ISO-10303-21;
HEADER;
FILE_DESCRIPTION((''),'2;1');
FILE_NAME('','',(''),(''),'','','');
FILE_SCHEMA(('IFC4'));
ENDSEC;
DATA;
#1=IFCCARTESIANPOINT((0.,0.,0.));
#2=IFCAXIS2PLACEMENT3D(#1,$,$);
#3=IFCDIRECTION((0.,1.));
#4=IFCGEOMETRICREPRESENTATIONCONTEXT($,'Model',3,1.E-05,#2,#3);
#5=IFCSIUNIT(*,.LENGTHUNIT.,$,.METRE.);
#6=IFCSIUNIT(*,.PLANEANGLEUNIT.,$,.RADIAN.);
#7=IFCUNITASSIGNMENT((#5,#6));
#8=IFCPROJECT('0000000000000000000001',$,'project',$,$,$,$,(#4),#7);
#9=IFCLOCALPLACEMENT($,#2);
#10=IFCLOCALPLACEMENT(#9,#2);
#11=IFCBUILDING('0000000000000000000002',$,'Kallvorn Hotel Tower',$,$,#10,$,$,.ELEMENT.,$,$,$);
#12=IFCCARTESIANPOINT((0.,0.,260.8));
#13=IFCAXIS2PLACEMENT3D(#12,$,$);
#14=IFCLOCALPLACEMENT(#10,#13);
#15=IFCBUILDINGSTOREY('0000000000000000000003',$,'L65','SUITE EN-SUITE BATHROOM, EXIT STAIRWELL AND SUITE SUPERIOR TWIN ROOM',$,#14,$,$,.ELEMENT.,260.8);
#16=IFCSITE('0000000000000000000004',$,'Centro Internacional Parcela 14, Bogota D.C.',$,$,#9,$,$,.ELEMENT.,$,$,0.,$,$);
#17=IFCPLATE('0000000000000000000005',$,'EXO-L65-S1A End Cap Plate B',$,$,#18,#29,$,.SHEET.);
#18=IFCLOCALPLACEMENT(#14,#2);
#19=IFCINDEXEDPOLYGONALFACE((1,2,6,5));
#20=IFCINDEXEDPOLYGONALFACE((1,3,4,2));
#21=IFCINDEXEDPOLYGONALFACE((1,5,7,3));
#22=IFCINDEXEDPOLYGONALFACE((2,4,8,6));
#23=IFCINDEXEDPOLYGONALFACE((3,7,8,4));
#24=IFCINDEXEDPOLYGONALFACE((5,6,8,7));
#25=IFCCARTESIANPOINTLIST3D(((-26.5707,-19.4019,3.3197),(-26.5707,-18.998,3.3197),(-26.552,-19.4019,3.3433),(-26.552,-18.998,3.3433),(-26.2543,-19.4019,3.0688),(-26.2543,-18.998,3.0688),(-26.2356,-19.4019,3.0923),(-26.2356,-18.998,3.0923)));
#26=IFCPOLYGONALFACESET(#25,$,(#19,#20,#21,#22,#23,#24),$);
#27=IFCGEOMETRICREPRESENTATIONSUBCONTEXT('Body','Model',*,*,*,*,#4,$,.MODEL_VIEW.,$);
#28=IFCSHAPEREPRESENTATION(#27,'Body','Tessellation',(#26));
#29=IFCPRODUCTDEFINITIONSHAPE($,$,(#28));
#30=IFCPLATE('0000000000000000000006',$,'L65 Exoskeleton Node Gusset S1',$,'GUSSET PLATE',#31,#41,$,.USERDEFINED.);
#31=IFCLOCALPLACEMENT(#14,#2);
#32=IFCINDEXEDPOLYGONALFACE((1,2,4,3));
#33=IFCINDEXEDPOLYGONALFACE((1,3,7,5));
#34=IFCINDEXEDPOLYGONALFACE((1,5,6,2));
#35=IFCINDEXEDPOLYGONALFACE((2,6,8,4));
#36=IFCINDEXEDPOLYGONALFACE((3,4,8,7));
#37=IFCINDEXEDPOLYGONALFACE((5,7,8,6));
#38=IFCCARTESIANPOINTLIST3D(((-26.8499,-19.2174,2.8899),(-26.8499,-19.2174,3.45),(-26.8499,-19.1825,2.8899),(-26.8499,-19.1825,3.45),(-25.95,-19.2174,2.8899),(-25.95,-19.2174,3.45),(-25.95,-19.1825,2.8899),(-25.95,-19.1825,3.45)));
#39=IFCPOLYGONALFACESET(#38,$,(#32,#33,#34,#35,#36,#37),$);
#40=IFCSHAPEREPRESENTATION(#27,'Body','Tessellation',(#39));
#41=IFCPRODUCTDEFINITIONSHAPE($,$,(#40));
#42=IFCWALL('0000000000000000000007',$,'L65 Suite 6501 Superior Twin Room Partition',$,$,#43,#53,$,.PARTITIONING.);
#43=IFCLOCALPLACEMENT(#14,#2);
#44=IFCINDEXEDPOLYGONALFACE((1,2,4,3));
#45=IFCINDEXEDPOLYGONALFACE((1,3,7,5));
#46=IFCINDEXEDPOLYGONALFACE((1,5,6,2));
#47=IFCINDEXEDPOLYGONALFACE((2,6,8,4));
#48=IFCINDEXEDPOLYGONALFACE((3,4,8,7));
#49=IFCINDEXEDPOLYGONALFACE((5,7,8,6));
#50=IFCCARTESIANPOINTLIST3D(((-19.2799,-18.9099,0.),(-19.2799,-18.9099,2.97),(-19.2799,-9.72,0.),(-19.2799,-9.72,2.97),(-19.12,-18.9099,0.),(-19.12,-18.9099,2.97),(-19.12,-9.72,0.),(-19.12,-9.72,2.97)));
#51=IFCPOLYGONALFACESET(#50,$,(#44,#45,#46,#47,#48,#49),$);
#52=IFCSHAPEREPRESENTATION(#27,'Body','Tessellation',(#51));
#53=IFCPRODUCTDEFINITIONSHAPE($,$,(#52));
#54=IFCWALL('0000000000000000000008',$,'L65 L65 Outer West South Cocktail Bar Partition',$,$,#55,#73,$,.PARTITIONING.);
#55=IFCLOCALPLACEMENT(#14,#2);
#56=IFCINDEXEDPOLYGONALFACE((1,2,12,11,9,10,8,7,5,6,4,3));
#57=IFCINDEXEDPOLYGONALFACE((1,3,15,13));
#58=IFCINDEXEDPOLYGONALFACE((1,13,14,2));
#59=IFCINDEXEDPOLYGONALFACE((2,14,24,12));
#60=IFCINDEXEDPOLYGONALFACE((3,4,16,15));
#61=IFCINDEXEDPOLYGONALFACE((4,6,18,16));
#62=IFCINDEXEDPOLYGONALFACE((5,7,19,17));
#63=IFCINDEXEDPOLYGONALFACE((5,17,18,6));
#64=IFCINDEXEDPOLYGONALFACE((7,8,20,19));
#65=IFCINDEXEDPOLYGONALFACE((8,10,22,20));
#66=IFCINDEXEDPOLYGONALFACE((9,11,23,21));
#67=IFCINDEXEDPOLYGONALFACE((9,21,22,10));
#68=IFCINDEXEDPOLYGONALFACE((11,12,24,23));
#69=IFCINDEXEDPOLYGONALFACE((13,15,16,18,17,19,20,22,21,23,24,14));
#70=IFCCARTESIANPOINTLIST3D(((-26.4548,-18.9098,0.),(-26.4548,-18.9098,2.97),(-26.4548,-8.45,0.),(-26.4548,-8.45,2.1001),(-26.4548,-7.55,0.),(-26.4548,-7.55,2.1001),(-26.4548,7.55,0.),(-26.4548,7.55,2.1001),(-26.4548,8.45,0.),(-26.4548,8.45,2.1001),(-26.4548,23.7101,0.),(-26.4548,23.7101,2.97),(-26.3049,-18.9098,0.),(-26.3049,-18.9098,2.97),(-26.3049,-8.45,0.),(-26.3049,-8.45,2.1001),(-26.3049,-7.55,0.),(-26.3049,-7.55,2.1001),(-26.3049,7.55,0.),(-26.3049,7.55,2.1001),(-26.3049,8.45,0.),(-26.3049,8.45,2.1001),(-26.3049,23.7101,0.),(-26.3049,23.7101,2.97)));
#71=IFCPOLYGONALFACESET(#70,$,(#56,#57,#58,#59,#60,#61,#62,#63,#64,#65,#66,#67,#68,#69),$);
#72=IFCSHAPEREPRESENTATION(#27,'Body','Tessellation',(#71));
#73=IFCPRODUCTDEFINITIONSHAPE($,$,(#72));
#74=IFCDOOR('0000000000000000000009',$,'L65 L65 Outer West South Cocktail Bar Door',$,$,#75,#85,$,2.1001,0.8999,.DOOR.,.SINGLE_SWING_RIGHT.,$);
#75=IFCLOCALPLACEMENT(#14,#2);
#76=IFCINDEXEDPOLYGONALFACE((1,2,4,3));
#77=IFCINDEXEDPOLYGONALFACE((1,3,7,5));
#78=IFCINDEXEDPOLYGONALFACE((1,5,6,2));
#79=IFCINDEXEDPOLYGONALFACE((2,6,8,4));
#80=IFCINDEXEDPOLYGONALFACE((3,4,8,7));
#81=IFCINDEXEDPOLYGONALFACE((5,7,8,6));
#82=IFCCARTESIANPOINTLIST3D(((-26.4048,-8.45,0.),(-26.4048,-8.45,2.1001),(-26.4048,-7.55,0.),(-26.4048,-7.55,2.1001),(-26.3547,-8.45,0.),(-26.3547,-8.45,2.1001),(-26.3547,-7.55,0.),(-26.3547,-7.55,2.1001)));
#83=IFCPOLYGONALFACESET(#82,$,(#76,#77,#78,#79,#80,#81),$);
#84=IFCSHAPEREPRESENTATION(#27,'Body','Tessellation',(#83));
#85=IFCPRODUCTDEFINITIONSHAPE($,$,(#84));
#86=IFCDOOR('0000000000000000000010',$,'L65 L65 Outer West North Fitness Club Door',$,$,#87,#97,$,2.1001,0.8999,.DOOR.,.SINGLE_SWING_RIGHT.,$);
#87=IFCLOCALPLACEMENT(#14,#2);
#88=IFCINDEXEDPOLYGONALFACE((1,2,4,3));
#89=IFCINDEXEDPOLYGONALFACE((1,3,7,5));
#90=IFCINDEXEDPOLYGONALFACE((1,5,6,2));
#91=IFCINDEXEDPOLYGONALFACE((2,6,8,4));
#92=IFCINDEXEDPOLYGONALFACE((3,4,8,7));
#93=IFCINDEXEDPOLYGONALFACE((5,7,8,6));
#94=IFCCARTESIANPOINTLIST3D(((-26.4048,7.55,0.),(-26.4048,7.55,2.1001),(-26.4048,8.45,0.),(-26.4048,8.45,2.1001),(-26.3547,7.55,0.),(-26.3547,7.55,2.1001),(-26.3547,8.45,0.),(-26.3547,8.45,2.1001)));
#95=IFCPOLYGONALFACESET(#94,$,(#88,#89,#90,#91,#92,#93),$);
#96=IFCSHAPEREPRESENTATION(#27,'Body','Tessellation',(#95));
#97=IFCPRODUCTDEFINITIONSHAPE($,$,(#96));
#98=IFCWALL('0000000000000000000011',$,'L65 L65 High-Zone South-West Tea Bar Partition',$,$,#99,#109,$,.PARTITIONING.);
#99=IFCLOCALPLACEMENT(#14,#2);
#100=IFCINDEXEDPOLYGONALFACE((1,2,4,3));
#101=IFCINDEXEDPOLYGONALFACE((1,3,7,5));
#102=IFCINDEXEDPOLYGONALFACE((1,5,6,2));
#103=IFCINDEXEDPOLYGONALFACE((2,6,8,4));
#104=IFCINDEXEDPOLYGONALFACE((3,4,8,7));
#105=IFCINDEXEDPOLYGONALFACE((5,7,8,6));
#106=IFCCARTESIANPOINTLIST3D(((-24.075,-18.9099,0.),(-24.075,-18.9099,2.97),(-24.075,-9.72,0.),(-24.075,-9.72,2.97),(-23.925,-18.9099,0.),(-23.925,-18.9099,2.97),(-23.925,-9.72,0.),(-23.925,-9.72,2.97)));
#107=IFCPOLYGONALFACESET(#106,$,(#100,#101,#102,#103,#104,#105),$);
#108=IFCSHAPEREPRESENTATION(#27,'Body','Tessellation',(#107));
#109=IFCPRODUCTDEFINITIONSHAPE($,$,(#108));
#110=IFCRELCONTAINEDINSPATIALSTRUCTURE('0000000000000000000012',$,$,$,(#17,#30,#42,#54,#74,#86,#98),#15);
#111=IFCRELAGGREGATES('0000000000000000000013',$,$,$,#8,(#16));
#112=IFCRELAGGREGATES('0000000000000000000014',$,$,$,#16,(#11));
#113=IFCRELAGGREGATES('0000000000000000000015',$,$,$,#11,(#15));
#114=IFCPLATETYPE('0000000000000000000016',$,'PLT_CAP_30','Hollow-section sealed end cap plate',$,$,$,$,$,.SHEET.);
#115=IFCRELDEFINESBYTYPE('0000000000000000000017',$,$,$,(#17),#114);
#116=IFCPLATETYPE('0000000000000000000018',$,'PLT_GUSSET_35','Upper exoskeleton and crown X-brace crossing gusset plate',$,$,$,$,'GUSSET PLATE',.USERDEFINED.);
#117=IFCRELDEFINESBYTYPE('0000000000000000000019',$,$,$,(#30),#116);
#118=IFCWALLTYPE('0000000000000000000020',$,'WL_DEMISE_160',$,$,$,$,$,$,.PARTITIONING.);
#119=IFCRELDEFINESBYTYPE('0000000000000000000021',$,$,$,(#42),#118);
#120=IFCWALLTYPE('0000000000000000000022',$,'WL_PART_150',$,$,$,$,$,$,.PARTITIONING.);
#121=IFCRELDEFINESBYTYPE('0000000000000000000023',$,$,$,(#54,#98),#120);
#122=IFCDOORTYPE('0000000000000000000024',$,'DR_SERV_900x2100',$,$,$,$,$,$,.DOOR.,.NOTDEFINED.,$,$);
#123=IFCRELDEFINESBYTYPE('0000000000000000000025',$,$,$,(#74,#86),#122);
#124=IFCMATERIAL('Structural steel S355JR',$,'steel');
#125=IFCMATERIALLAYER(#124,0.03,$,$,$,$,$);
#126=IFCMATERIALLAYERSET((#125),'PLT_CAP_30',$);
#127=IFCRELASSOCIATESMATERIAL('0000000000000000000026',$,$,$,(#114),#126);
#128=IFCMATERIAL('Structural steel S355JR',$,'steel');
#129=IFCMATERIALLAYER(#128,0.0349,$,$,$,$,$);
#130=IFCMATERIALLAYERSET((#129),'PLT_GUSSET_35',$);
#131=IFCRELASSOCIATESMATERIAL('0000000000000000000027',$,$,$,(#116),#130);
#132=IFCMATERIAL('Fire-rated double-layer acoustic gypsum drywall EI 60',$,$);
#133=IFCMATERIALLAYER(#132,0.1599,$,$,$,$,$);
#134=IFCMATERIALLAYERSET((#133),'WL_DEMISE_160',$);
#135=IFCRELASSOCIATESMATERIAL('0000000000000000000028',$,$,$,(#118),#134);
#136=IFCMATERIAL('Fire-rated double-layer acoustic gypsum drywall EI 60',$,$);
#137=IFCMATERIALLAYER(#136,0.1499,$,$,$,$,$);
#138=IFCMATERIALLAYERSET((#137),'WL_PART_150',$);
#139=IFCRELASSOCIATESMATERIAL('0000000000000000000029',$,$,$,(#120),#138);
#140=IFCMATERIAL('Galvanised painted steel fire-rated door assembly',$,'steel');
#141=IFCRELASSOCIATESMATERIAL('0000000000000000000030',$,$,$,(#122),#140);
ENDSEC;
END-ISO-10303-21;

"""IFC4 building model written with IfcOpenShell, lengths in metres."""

from ifc_helpers import new_model, si_unit, direction, frame, frame_2d, origin, origin_2d, place, context, subcontext, project, spatial, polyline, rectangle, outline, extrude, material, layer, layer_set, type_object, element, fill, save


model = new_model("IFC4")

# Units and contexts
model_context = context("Model", 3, precision=1e-05, world=origin(), true_north=direction((0.0, 1.0)))
body_context = subcontext(model_context, "Body", "Model", "MODEL_VIEW")
ifc_project = project(units=[si_unit("LENGTHUNIT", "METRE"), si_unit("PLANEANGLEUNIT", "RADIAN")], contexts=[model_context])

# Site, building, storey
site_placement = place(None, origin())
site = spatial("IfcSite", under=ifc_project, at=site_placement, Name="Centro Internacional Parcela 14, Bogota D.C.", CompositionType="ELEMENT", RefElevation=0.0)
building_placement = place(site_placement, origin())
building = spatial("IfcBuilding", under=site, at=building_placement, Name="Kallvorn Hotel Tower", CompositionType="ELEMENT")
storey_placement = place(building_placement, frame((0.0, 0.0, 260.8)))
storey = spatial("IfcBuildingStorey", under=building, at=storey_placement, Name="L65", Description="SUITE EN-SUITE BATHROOM, EXIT STAIRWELL AND SUITE SUPERIOR TWIN ROOM", CompositionType="ELEMENT", Elevation=260.8)

# Plates
ifc_material_1 = material(Name="Structural steel S355JR", Category="steel")
ifc_layer_1 = layer(ifc_material_1, 0.03)
ifc_layer_set_1 = layer_set([ifc_layer_1], Name="PLT_CAP_30")
plate_type_1 = type_object("IfcPlateType", Name="PLT_CAP_30", Description="Hollow-section sealed end cap plate", PredefinedType="SHEET", material=ifc_layer_set_1)
plate_1_placement = place(storey_placement, frame((-26.2356, -19.4019, 3.0923), z_axis=(0.621446, 0.0, 0.783457), x_axis=(0.0, 1.0, 0.0)))
element("IfcPlate", 1, at=plate_1_placement, inside=storey, type_object=plate_type_1, Name="EXO-L65-S1A End Cap Plate B", PredefinedType="SHEET", context=body_context, shape_type="SweptSolid", body=[
    extrude(outline(polyline([(0.0, 0.0), (0.4038, 0.0), (0.4038, 0.4039), (0.0, 0.4039), (0.0, 0.0)])), origin(), (0.0, 0.0, -1.0), 0.03),
])
ifc_material_2 = material(Name="Structural steel S355JR", Category="steel")
ifc_layer_2 = layer(ifc_material_2, 0.0349)
ifc_layer_set_2 = layer_set([ifc_layer_2], Name="PLT_GUSSET_35")
plate_type_2 = type_object("IfcPlateType", Name="PLT_GUSSET_35", Description="Upper exoskeleton and crown X-brace crossing gusset plate", ElementType="GUSSET PLATE", PredefinedType="USERDEFINED", material=ifc_layer_set_2)
plate_2_placement = place(storey_placement, frame((-26.3999, -19.2, 2.8899), z_axis=(0.0, 0.0, 1.0), x_axis=(1.0, 0.0, 0.0)))
element("IfcPlate", 2, at=plate_2_placement, inside=storey, type_object=plate_type_2, Name="L65 Exoskeleton Node Gusset S1", ObjectType="GUSSET PLATE", PredefinedType="USERDEFINED", context=body_context, shape_type="SweptSolid", body=[
    extrude(rectangle(XDim=0.8999, YDim=0.0349, at=origin_2d()), origin(), (0.0, 0.0, 1.0), 0.5601),
])

# Wall
ifc_material_3 = material(Name="Fire-rated double-layer acoustic gypsum drywall EI 60")
ifc_layer_3 = layer(ifc_material_3, 0.1599)
ifc_layer_set_3 = layer_set([ifc_layer_3], Name="WL_DEMISE_160")
wall_type_1 = type_object("IfcWallType", Name="WL_DEMISE_160", PredefinedType="PARTITIONING", material=ifc_layer_set_3)
wall_1_placement = place(storey_placement, frame((-19.2, -18.9099, 0.0), z_axis=(0.0, 0.0, 1.0), x_axis=(0.0, 1.0, 0.0)))
element("IfcWall", 3, at=wall_1_placement, inside=storey, type_object=wall_type_1, Name="L65 Suite 6501 Superior Twin Room Partition", PredefinedType="PARTITIONING", context=body_context, shape_type="SweptSolid", body=[
    extrude(rectangle(XDim=9.1899, YDim=0.1599, at=frame_2d((4.595, 0.0))), origin(), (0.0, 0.0, 1.0), 2.97),
])

# Wall, openings, doors
ifc_material_4 = material(Name="Fire-rated double-layer acoustic gypsum drywall EI 60")
ifc_layer_4 = layer(ifc_material_4, 0.1499)
ifc_layer_set_4 = layer_set([ifc_layer_4], Name="WL_PART_150")
wall_type_2 = type_object("IfcWallType", Name="WL_PART_150", PredefinedType="PARTITIONING", material=ifc_layer_set_4)
wall_2_placement = place(storey_placement, frame((-26.3799, -18.9099, 0.0), z_axis=(0.0, 0.0, 1.0), x_axis=(0.0, 1.0, 0.0)))
wall_2 = element("IfcWall", 4, at=wall_2_placement, inside=storey, type_object=wall_type_2, Name="L65 L65 Outer West South Cocktail Bar Partition", PredefinedType="PARTITIONING", context=body_context, shape_type="SweptSolid", body=[
    extrude(rectangle(XDim=42.6199, YDim=0.1499, at=frame_2d((21.3101, 0.0))), origin(), (0.0, 0.0, 1.0), 2.97),
])
opening_1_placement = place(wall_2_placement, frame((10.46, 0.0, 0.0)))
opening_1 = element("IfcOpeningElement", 5, at=opening_1_placement, cuts=wall_2, PredefinedType="OPENING", context=body_context, shape_type="SweptSolid", body=[
    extrude(rectangle(XDim=0.8999, YDim=2.1001, at=frame_2d((0.45, 1.05))), frame((0.0, 0.0898, 0.0), z_axis=(0.0, -1.0, 0.0), x_axis=(1.0, 0.0, 0.0)), (0.0, 0.0, 1.0), 0.1799),
])
opening_2_placement = place(wall_2_placement, frame((26.46, 0.0, 0.0)))
opening_2 = element("IfcOpeningElement", 6, at=opening_2_placement, cuts=wall_2, PredefinedType="OPENING", context=body_context, shape_type="SweptSolid", body=[
    extrude(rectangle(XDim=0.8999, YDim=2.1001, at=frame_2d((0.45, 1.05))), frame((0.0, 0.0898, 0.0), z_axis=(0.0, -1.0, 0.0), x_axis=(1.0, 0.0, 0.0)), (0.0, 0.0, 1.0), 0.1799),
])
ifc_material_5 = material(Name="Galvanised painted steel fire-rated door assembly", Category="steel")
door_type = type_object("IfcDoorType", Name="DR_SERV_900x2100", OperationType="NOTDEFINED", PredefinedType="DOOR", material=ifc_material_5)
door_1_placement = place(opening_1_placement, origin())
door_1 = element("IfcDoor", 7, at=door_1_placement, inside=storey, type_object=door_type, Name="L65 L65 Outer West South Cocktail Bar Door", OperationType="SINGLE_SWING_RIGHT", OverallHeight=2.1001, OverallWidth=0.8999, PredefinedType="DOOR", context=body_context, shape_type="SweptSolid", body=[
    extrude(rectangle(XDim=0.8999, YDim=2.1001, at=frame_2d((0.45, 1.05))), frame((0.0, 0.0249, 0.0), z_axis=(0.0, -1.0, 0.0), x_axis=(1.0, 0.0, 0.0)), (0.0, 0.0, 1.0), 0.05),
])
fill(opening_1, door_1)
door_2_placement = place(opening_2_placement, origin())
door_2 = element("IfcDoor", 8, at=door_2_placement, inside=storey, type_object=door_type, Name="L65 L65 Outer West North Fitness Club Door", OperationType="SINGLE_SWING_RIGHT", OverallHeight=2.1001, OverallWidth=0.8999, PredefinedType="DOOR", context=body_context, shape_type="SweptSolid", body=[
    extrude(rectangle(XDim=0.8999, YDim=2.1001, at=frame_2d((0.45, 1.05))), frame((0.0, 0.0249, 0.0), z_axis=(0.0, -1.0, 0.0), x_axis=(1.0, 0.0, 0.0)), (0.0, 0.0, 1.0), 0.05),
])
fill(opening_2, door_2)

# Wall
wall_3_placement = place(storey_placement, frame((-24.0, -18.9099, 0.0), z_axis=(0.0, 0.0, 1.0), x_axis=(0.0, 1.0, 0.0)))
element("IfcWall", 9, at=wall_3_placement, inside=storey, type_object=wall_type_2, Name="L65 L65 High-Zone South-West Tea Bar Partition", PredefinedType="PARTITIONING", context=body_context, shape_type="SweptSolid", body=[
    extrude(rectangle(XDim=9.1899, YDim=0.1499, at=frame_2d((4.595, 0.0))), origin(), (0.0, 0.0, 1.0), 2.97),
])

save(model, "model.ifc")
